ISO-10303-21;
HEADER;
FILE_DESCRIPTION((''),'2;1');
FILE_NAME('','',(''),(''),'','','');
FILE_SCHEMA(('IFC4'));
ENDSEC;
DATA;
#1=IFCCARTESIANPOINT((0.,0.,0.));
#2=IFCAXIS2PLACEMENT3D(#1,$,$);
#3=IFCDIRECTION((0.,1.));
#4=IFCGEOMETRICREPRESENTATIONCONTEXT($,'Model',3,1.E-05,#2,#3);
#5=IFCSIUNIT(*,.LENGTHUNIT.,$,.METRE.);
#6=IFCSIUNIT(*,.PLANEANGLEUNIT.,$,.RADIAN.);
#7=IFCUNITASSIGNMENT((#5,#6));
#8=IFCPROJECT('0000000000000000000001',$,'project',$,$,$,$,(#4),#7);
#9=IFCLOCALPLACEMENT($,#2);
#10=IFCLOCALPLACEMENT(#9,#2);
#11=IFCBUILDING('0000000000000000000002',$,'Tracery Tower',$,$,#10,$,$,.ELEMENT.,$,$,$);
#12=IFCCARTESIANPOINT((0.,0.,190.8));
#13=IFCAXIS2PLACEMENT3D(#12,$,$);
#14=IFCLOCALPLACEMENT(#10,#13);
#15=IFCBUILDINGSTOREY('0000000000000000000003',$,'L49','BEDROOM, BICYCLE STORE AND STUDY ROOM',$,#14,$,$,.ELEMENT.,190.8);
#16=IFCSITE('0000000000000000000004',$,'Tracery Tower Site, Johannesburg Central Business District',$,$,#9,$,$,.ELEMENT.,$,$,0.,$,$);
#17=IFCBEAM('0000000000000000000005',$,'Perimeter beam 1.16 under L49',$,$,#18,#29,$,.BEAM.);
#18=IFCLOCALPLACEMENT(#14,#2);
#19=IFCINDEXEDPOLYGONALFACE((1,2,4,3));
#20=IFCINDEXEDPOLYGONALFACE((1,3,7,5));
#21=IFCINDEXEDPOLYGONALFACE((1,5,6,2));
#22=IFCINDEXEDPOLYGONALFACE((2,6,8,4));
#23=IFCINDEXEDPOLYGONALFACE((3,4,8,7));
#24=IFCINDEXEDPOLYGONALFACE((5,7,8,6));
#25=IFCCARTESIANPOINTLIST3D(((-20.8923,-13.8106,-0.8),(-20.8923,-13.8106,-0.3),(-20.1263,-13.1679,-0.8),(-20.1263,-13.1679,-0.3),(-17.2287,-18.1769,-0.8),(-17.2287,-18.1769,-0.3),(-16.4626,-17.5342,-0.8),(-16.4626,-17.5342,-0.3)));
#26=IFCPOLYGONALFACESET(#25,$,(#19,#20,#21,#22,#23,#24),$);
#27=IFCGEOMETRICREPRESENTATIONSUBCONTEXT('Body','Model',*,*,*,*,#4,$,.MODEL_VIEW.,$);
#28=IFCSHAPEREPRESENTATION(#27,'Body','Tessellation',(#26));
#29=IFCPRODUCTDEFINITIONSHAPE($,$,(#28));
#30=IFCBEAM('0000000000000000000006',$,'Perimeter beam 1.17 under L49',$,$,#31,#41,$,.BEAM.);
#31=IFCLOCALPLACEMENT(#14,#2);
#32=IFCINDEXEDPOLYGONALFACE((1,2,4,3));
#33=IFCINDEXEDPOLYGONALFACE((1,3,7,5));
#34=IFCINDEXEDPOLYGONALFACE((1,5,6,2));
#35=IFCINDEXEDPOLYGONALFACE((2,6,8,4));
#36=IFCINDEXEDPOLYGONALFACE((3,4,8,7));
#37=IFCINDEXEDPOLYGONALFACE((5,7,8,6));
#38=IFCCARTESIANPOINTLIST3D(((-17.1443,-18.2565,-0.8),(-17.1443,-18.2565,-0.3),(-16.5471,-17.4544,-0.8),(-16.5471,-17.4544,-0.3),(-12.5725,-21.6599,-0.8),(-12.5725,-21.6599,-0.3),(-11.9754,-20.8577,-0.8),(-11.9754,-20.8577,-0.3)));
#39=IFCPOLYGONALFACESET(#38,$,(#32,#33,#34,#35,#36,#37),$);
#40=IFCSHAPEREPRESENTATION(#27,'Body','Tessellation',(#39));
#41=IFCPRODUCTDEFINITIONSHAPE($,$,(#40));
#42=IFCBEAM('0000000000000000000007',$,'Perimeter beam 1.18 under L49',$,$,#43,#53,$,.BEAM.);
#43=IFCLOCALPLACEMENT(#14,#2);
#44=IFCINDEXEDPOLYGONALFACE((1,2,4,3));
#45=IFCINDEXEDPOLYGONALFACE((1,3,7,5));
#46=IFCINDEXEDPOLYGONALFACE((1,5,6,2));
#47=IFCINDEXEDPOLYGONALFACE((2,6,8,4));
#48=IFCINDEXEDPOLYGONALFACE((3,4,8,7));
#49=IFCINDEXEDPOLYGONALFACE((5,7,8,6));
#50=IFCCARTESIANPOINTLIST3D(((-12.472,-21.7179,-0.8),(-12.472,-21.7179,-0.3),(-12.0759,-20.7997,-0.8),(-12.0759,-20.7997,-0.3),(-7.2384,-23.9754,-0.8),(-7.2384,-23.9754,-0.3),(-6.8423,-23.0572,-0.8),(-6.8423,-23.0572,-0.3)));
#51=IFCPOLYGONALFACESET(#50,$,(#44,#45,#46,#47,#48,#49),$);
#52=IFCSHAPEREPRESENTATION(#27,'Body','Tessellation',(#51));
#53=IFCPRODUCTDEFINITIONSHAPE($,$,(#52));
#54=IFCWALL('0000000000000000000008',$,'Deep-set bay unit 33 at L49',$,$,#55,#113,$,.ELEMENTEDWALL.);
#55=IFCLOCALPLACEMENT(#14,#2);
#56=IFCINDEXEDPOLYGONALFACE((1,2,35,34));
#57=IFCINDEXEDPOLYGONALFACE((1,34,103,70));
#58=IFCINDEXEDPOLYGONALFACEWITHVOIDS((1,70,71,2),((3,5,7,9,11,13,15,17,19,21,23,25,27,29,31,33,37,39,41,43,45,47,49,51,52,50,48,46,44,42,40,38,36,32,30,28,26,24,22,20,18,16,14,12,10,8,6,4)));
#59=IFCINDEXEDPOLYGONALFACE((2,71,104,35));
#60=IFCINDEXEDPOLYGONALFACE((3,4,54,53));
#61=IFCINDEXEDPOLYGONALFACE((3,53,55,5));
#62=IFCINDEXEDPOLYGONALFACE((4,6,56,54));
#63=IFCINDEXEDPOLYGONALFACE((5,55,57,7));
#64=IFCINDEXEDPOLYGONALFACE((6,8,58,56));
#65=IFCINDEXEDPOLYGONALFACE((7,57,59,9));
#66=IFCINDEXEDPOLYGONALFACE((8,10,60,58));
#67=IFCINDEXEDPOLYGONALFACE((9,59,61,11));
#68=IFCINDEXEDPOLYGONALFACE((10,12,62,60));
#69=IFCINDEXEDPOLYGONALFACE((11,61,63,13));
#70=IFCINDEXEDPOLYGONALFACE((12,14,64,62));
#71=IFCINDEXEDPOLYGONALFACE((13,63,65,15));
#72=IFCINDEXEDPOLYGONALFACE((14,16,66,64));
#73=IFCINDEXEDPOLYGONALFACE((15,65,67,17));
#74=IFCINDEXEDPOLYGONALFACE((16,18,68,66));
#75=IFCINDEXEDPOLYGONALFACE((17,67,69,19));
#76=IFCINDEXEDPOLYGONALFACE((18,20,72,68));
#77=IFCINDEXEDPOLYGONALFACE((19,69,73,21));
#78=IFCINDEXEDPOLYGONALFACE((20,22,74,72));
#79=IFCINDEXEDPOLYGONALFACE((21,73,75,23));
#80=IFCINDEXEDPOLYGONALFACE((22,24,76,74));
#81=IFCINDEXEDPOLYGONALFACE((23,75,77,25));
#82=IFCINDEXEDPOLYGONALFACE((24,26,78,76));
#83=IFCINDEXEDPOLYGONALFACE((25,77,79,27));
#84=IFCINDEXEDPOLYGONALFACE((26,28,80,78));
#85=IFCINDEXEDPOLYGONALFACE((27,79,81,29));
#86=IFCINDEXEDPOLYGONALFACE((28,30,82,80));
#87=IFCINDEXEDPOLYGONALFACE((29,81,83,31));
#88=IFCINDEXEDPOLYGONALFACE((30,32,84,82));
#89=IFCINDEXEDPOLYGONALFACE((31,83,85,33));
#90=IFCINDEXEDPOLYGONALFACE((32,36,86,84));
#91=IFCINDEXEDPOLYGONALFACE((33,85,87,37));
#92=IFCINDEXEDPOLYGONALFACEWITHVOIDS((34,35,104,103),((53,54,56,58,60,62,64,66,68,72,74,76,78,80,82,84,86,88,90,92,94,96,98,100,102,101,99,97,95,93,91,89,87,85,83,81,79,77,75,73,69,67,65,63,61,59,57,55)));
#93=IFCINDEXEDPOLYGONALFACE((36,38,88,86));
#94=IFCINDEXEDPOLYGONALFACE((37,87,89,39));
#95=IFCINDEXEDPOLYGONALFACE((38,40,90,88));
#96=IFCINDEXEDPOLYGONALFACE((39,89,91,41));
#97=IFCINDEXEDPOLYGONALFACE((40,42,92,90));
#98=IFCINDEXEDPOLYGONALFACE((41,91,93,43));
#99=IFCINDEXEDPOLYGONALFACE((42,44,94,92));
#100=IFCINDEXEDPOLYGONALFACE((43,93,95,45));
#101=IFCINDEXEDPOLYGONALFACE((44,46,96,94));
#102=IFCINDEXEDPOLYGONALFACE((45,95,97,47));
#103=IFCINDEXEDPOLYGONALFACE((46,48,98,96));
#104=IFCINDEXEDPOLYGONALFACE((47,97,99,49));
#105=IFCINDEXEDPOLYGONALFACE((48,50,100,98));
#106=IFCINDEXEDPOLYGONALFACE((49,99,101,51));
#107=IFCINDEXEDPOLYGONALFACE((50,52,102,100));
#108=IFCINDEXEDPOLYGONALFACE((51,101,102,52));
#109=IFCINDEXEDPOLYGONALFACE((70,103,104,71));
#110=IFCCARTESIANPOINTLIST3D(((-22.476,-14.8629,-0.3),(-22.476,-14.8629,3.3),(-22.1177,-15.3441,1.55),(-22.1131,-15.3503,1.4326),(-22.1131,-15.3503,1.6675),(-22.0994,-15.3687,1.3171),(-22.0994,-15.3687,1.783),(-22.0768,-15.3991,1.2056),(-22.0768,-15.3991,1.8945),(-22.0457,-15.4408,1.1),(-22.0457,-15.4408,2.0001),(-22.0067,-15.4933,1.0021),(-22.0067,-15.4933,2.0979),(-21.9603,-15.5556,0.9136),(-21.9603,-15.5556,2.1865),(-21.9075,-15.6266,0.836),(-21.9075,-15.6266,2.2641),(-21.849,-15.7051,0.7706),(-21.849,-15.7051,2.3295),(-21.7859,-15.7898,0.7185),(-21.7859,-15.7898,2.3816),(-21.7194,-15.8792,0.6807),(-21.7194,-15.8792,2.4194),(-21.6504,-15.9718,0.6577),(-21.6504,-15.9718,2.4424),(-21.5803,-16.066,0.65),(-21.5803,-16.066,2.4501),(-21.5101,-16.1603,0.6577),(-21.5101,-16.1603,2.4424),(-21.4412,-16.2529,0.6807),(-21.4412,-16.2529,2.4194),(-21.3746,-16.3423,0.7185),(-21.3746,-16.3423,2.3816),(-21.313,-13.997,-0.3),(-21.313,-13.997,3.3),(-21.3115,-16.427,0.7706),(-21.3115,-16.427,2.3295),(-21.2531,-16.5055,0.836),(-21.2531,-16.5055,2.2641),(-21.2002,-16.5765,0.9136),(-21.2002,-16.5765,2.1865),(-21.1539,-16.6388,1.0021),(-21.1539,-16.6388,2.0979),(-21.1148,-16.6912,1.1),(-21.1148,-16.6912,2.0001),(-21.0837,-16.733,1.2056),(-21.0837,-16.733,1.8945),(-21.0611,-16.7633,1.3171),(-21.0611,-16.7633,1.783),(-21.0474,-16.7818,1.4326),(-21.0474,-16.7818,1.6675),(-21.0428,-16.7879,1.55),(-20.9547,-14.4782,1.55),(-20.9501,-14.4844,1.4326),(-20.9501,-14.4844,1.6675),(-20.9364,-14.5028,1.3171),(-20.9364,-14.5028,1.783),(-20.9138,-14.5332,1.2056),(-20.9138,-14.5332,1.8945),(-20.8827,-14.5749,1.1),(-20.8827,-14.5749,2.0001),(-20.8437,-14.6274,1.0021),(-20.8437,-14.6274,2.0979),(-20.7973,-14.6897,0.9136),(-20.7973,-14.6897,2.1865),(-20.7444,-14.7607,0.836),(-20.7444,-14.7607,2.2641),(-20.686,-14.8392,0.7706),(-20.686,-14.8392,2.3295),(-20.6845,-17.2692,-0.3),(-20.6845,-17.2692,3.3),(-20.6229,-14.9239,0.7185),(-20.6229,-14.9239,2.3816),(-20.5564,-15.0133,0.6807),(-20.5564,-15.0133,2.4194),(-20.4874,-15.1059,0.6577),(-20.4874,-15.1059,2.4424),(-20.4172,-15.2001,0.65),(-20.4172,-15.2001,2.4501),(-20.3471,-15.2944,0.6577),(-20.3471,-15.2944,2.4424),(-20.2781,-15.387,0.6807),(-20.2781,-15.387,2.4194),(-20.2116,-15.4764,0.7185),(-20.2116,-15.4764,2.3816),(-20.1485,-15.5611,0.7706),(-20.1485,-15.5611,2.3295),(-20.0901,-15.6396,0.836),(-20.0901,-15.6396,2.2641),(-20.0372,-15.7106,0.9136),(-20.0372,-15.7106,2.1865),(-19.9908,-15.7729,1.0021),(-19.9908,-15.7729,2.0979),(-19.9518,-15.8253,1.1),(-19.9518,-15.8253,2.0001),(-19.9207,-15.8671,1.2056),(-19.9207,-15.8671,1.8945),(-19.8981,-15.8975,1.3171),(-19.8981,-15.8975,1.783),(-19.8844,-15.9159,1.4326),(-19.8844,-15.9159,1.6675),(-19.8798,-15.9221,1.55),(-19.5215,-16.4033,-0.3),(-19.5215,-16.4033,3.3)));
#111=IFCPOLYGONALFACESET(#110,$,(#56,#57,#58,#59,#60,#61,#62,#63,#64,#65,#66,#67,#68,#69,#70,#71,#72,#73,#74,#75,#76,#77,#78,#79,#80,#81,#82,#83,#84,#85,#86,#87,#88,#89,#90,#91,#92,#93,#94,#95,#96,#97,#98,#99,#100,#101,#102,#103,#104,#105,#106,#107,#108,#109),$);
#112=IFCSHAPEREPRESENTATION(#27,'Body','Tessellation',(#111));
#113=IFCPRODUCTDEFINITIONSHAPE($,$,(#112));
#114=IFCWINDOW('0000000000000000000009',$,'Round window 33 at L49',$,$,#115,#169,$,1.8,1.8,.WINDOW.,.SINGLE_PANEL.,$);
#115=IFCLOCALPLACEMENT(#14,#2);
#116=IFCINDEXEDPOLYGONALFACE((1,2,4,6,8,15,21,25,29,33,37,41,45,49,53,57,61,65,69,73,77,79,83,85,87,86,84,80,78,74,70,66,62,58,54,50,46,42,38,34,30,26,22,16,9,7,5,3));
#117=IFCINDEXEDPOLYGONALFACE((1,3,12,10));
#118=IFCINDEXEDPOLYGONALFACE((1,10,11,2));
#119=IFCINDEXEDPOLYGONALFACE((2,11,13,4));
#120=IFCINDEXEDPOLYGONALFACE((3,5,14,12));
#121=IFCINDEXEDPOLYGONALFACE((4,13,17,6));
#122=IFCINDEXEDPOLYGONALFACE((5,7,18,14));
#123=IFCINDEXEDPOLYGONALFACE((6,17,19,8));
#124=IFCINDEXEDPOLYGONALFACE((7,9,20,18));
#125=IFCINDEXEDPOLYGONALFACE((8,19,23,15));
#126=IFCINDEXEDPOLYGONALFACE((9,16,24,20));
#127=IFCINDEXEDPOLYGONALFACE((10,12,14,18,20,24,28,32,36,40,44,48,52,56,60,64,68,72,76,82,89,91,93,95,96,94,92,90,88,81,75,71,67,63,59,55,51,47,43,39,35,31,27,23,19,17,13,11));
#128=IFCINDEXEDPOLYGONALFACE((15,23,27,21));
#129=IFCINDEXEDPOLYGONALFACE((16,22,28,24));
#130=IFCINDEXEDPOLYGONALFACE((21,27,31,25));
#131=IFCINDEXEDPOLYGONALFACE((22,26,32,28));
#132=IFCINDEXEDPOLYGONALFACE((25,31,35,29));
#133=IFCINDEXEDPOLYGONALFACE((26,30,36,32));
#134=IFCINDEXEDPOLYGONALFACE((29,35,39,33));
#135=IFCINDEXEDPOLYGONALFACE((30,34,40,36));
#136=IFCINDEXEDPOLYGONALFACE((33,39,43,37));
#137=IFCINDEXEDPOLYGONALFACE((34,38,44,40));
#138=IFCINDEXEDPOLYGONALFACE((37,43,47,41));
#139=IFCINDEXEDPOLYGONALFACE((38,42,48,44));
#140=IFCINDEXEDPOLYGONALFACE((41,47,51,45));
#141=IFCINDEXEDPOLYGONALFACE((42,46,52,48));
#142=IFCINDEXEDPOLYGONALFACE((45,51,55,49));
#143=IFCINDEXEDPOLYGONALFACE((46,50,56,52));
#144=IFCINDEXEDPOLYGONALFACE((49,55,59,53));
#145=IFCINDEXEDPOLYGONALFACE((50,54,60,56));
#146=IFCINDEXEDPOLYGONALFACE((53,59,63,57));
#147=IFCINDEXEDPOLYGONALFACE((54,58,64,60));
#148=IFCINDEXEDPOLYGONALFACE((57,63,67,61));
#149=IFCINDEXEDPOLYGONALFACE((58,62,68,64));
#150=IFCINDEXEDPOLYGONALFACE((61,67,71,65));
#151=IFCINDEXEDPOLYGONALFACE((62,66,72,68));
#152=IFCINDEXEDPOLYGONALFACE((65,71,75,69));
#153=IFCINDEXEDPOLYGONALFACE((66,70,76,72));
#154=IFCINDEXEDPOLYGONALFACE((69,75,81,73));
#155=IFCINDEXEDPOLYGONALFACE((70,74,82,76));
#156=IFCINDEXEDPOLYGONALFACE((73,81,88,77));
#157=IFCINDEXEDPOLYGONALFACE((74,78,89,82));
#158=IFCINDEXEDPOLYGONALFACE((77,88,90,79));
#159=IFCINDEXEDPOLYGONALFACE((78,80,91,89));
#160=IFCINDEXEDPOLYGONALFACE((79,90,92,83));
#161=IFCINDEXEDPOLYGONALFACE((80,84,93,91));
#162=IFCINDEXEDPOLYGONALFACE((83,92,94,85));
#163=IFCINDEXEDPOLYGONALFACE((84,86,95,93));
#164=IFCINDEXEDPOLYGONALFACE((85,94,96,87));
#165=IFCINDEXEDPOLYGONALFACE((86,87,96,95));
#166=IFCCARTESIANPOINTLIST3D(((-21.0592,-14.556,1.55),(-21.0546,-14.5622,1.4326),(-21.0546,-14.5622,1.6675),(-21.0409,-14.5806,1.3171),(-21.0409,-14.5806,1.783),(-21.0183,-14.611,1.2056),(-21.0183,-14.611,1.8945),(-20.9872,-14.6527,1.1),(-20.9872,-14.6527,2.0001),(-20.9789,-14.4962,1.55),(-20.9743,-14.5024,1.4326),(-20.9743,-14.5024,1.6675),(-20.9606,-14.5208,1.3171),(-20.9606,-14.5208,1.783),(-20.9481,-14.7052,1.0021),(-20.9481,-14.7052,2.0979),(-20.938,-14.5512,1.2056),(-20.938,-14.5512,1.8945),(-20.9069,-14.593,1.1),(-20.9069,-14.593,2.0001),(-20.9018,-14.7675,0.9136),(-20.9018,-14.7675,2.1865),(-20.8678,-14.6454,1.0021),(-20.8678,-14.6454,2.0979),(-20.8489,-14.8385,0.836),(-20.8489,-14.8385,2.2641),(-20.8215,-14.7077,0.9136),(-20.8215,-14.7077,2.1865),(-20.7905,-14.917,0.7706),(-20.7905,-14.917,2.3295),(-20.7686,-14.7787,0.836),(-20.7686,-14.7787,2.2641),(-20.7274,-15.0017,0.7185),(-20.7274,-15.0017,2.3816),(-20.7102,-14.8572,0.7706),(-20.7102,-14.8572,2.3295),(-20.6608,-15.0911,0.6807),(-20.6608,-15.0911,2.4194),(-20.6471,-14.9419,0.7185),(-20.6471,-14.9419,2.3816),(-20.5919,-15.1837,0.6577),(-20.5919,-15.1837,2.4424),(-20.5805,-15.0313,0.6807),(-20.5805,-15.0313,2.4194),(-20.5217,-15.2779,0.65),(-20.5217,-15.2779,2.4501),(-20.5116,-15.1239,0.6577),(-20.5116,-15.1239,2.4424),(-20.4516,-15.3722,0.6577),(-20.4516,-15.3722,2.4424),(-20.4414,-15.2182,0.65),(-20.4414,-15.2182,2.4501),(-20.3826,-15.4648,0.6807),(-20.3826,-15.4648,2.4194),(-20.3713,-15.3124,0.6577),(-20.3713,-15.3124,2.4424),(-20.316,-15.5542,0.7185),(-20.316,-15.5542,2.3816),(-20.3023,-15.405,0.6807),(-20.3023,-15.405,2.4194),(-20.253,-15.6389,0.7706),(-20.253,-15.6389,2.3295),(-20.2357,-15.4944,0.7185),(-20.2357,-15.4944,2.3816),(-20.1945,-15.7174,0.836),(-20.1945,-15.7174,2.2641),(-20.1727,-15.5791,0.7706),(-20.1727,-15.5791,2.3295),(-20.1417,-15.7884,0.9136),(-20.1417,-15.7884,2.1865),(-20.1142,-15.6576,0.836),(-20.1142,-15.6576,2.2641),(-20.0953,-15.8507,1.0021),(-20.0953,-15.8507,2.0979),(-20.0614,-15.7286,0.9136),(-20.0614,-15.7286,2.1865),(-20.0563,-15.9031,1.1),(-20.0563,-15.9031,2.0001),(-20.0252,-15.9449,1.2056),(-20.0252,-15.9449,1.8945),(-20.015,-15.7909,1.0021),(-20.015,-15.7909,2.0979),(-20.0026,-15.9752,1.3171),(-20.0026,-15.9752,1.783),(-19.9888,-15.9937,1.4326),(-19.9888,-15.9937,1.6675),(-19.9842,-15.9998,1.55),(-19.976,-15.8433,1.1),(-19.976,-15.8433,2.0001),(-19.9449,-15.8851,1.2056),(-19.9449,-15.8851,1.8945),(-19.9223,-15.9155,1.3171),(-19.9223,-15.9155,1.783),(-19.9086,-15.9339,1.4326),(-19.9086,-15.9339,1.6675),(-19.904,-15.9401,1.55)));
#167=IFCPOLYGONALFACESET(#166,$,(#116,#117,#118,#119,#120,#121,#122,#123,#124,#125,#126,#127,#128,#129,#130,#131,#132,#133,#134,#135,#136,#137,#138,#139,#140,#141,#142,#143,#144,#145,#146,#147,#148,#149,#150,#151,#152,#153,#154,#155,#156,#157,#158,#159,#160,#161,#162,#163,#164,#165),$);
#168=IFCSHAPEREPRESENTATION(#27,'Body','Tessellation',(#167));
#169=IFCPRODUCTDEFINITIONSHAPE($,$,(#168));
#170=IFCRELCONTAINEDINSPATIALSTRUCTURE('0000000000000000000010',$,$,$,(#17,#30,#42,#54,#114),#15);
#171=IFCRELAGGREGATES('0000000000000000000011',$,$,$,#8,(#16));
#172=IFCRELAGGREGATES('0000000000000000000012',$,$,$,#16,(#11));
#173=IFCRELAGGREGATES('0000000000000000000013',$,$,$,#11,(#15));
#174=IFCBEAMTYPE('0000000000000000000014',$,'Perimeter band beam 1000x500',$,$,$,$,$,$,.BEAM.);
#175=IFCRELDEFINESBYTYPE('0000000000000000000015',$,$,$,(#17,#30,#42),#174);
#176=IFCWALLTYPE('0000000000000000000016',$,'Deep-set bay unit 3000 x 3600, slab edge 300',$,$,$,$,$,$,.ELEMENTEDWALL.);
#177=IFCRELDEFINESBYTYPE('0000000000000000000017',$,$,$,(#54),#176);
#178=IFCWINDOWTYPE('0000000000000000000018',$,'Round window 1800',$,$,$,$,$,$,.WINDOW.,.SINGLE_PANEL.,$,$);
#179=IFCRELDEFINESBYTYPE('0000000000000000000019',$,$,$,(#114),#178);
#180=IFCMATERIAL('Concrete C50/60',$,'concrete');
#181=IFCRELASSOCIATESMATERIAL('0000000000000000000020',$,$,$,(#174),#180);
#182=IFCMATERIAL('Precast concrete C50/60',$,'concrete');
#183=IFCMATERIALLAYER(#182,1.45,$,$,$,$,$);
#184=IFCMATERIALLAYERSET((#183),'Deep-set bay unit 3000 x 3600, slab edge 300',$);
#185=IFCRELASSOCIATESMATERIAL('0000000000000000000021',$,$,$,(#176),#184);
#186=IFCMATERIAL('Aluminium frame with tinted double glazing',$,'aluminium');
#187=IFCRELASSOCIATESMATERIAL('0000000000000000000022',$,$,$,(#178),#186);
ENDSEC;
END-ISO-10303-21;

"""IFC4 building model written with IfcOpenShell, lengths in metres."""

from ifc_helpers import new_model, si_unit, direction, frame, frame_2d, origin, origin_2d, place, context, subcontext, project, spatial, rectangle, circle, extrude, material, layer, layer_set, material_profile, profile_set, type_object, element, fill, save


model = new_model("IFC4")

# Units and contexts
model_context = context("Model", 3, precision=1e-05, world=origin(), true_north=direction((0.0, 1.0)))
body_context = subcontext(model_context, "Body", "Model", "MODEL_VIEW")
ifc_project = project(units=[si_unit("LENGTHUNIT", "METRE"), si_unit("PLANEANGLEUNIT", "RADIAN")], contexts=[model_context])

# Site, building, storey
site_placement = place(None, origin())
site = spatial("IfcSite", under=ifc_project, at=site_placement, Name="Tracery Tower Site, Johannesburg Central Business District", CompositionType="ELEMENT", RefElevation=0.0)
building_placement = place(site_placement, origin())
building = spatial("IfcBuilding", under=site, at=building_placement, Name="Tracery Tower", CompositionType="ELEMENT")
storey_placement = place(building_placement, frame((0.0, 0.0, 190.8)))
storey = spatial("IfcBuildingStorey", under=building, at=storey_placement, Name="L49", Description="BEDROOM, BICYCLE STORE AND STUDY ROOM", CompositionType="ELEMENT", Elevation=190.8)

# Beams
ifc_material_1 = material(Name="Concrete C50/60", Category="concrete")
ifc_material_profile_1 = material_profile(ifc_material_1, rectangle(XDim=1.0, YDim=0.5, at=origin_2d()), Name="RC 1000x500")
ifc_profile_set_1 = profile_set([ifc_material_profile_1], Name="Concrete C50/60")
beam_type = type_object("IfcBeamType", Name="Perimeter band beam 1000x500", PredefinedType="BEAM", material=ifc_profile_set_1)
beam_1_placement = place(storey_placement, frame((-20.5093, -13.4893, -0.55), z_axis=(0.642776, -0.766054, 0.0), x_axis=(0.766054, 0.642776, 0.0)))
element("IfcBeam", 1, at=beam_1_placement, inside=storey, type_object=beam_type, Name="Perimeter beam 1.16 under L49", PredefinedType="BEAM", context=body_context, shape_type="SweptSolid", body=[
    extrude(rectangle(XDim=1.0, YDim=0.5, at=origin_2d()), origin(), (0.0, 0.0, 1.0), 5.6997),
])
beam_2_placement = place(storey_placement, frame((-16.8457, -17.8555, -0.55), z_axis=(0.802144, -0.597131, 0.0), x_axis=(0.597131, 0.802144, 0.0)))
element("IfcBeam", 2, at=beam_2_placement, inside=storey, type_object=beam_type, Name="Perimeter beam 1.17 under L49", PredefinedType="BEAM", context=body_context, shape_type="SweptSolid", body=[
    extrude(rectangle(XDim=1.0, YDim=0.5, at=origin_2d()), origin(), (0.0, 0.0, 1.0), 5.6995),
])
beam_3_placement = place(storey_placement, frame((-12.2739, -21.2588, -0.55), z_axis=(0.918216, -0.396079, 0.0), x_axis=(0.396079, 0.918216, 0.0)))
element("IfcBeam", 3, at=beam_3_placement, inside=storey, type_object=beam_type, Name="Perimeter beam 1.18 under L49", PredefinedType="BEAM", context=body_context, shape_type="SweptSolid", body=[
    extrude(rectangle(XDim=1.0, YDim=0.5, at=origin_2d()), origin(), (0.0, 0.0, 1.0), 5.6997),
])

# Wall, opening, window
ifc_material_2 = material(Name="Precast concrete C50/60", Category="concrete")
ifc_layer_1 = layer(ifc_material_2, 1.45)
ifc_layer_set_1 = layer_set([ifc_layer_1], Name="Deep-set bay unit 3000 x 3600, slab edge 300")
wall_type_1 = type_object("IfcWallType", Name="Deep-set bay unit 3000 x 3600, slab edge 300", PredefinedType="ELEMENTEDWALL", material=ifc_layer_set_1)
wall_1_placement = place(storey_placement, frame((-21.8945, -14.4299, -0.3), z_axis=(0.0, 0.0, 1.0), x_axis=(0.597184, -0.802104, 0.0)))
wall_1 = element("IfcWall", 4, at=wall_1_placement, inside=storey, type_object=wall_type_1, Name="Deep-set bay unit 33 at L49", PredefinedType="ELEMENTEDWALL", context=body_context, shape_type="SweptSolid", body=[
    extrude(rectangle(XDim=3.0, YDim=1.45, at=frame_2d((1.5, 0.0))), origin(), (0.0, 0.0, 1.0), 3.6001),
])
opening_1_placement = place(wall_1_placement, frame((1.5, 0.0, 1.8501)))
opening_1 = element("IfcOpeningElement", 5, at=opening_1_placement, cuts=wall_1, PredefinedType="OPENING", context=body_context, shape_type="SweptSolid", body=[
    extrude(circle(Radius=0.9, at=origin_2d()), frame((0.0, 0.7349, 0.0), z_axis=(0.0, -1.0, 0.0), x_axis=(1.0, 0.0, 0.0)), (0.0, 0.0, 1.0), 1.47),
])
ifc_material_3 = material(Name="Aluminium frame with tinted double glazing", Category="aluminium")
window_type = type_object("IfcWindowType", Name="Round window 1800", PartitioningType="SINGLE_PANEL", PredefinedType="WINDOW", material=ifc_material_3)
window_1_placement = place(opening_1_placement, origin())
window_1 = element("IfcWindow", 6, at=window_1_placement, inside=storey, type_object=window_type, Name="Round window 33 at L49", OverallHeight=1.8, OverallWidth=1.8, PartitioningType="SINGLE_PANEL", PredefinedType="WINDOW", context=body_context, shape_type="SweptSolid", body=[
    extrude(circle(Radius=0.9, at=origin_2d()), frame((0.0, 0.6948, 0.0), z_axis=(0.0, -1.0, 0.0), x_axis=(1.0, 0.0, 0.0)), (0.0, 0.0, 1.0), 0.1001),
])
fill(opening_1, window_1)

save(model, "model.ifc")
